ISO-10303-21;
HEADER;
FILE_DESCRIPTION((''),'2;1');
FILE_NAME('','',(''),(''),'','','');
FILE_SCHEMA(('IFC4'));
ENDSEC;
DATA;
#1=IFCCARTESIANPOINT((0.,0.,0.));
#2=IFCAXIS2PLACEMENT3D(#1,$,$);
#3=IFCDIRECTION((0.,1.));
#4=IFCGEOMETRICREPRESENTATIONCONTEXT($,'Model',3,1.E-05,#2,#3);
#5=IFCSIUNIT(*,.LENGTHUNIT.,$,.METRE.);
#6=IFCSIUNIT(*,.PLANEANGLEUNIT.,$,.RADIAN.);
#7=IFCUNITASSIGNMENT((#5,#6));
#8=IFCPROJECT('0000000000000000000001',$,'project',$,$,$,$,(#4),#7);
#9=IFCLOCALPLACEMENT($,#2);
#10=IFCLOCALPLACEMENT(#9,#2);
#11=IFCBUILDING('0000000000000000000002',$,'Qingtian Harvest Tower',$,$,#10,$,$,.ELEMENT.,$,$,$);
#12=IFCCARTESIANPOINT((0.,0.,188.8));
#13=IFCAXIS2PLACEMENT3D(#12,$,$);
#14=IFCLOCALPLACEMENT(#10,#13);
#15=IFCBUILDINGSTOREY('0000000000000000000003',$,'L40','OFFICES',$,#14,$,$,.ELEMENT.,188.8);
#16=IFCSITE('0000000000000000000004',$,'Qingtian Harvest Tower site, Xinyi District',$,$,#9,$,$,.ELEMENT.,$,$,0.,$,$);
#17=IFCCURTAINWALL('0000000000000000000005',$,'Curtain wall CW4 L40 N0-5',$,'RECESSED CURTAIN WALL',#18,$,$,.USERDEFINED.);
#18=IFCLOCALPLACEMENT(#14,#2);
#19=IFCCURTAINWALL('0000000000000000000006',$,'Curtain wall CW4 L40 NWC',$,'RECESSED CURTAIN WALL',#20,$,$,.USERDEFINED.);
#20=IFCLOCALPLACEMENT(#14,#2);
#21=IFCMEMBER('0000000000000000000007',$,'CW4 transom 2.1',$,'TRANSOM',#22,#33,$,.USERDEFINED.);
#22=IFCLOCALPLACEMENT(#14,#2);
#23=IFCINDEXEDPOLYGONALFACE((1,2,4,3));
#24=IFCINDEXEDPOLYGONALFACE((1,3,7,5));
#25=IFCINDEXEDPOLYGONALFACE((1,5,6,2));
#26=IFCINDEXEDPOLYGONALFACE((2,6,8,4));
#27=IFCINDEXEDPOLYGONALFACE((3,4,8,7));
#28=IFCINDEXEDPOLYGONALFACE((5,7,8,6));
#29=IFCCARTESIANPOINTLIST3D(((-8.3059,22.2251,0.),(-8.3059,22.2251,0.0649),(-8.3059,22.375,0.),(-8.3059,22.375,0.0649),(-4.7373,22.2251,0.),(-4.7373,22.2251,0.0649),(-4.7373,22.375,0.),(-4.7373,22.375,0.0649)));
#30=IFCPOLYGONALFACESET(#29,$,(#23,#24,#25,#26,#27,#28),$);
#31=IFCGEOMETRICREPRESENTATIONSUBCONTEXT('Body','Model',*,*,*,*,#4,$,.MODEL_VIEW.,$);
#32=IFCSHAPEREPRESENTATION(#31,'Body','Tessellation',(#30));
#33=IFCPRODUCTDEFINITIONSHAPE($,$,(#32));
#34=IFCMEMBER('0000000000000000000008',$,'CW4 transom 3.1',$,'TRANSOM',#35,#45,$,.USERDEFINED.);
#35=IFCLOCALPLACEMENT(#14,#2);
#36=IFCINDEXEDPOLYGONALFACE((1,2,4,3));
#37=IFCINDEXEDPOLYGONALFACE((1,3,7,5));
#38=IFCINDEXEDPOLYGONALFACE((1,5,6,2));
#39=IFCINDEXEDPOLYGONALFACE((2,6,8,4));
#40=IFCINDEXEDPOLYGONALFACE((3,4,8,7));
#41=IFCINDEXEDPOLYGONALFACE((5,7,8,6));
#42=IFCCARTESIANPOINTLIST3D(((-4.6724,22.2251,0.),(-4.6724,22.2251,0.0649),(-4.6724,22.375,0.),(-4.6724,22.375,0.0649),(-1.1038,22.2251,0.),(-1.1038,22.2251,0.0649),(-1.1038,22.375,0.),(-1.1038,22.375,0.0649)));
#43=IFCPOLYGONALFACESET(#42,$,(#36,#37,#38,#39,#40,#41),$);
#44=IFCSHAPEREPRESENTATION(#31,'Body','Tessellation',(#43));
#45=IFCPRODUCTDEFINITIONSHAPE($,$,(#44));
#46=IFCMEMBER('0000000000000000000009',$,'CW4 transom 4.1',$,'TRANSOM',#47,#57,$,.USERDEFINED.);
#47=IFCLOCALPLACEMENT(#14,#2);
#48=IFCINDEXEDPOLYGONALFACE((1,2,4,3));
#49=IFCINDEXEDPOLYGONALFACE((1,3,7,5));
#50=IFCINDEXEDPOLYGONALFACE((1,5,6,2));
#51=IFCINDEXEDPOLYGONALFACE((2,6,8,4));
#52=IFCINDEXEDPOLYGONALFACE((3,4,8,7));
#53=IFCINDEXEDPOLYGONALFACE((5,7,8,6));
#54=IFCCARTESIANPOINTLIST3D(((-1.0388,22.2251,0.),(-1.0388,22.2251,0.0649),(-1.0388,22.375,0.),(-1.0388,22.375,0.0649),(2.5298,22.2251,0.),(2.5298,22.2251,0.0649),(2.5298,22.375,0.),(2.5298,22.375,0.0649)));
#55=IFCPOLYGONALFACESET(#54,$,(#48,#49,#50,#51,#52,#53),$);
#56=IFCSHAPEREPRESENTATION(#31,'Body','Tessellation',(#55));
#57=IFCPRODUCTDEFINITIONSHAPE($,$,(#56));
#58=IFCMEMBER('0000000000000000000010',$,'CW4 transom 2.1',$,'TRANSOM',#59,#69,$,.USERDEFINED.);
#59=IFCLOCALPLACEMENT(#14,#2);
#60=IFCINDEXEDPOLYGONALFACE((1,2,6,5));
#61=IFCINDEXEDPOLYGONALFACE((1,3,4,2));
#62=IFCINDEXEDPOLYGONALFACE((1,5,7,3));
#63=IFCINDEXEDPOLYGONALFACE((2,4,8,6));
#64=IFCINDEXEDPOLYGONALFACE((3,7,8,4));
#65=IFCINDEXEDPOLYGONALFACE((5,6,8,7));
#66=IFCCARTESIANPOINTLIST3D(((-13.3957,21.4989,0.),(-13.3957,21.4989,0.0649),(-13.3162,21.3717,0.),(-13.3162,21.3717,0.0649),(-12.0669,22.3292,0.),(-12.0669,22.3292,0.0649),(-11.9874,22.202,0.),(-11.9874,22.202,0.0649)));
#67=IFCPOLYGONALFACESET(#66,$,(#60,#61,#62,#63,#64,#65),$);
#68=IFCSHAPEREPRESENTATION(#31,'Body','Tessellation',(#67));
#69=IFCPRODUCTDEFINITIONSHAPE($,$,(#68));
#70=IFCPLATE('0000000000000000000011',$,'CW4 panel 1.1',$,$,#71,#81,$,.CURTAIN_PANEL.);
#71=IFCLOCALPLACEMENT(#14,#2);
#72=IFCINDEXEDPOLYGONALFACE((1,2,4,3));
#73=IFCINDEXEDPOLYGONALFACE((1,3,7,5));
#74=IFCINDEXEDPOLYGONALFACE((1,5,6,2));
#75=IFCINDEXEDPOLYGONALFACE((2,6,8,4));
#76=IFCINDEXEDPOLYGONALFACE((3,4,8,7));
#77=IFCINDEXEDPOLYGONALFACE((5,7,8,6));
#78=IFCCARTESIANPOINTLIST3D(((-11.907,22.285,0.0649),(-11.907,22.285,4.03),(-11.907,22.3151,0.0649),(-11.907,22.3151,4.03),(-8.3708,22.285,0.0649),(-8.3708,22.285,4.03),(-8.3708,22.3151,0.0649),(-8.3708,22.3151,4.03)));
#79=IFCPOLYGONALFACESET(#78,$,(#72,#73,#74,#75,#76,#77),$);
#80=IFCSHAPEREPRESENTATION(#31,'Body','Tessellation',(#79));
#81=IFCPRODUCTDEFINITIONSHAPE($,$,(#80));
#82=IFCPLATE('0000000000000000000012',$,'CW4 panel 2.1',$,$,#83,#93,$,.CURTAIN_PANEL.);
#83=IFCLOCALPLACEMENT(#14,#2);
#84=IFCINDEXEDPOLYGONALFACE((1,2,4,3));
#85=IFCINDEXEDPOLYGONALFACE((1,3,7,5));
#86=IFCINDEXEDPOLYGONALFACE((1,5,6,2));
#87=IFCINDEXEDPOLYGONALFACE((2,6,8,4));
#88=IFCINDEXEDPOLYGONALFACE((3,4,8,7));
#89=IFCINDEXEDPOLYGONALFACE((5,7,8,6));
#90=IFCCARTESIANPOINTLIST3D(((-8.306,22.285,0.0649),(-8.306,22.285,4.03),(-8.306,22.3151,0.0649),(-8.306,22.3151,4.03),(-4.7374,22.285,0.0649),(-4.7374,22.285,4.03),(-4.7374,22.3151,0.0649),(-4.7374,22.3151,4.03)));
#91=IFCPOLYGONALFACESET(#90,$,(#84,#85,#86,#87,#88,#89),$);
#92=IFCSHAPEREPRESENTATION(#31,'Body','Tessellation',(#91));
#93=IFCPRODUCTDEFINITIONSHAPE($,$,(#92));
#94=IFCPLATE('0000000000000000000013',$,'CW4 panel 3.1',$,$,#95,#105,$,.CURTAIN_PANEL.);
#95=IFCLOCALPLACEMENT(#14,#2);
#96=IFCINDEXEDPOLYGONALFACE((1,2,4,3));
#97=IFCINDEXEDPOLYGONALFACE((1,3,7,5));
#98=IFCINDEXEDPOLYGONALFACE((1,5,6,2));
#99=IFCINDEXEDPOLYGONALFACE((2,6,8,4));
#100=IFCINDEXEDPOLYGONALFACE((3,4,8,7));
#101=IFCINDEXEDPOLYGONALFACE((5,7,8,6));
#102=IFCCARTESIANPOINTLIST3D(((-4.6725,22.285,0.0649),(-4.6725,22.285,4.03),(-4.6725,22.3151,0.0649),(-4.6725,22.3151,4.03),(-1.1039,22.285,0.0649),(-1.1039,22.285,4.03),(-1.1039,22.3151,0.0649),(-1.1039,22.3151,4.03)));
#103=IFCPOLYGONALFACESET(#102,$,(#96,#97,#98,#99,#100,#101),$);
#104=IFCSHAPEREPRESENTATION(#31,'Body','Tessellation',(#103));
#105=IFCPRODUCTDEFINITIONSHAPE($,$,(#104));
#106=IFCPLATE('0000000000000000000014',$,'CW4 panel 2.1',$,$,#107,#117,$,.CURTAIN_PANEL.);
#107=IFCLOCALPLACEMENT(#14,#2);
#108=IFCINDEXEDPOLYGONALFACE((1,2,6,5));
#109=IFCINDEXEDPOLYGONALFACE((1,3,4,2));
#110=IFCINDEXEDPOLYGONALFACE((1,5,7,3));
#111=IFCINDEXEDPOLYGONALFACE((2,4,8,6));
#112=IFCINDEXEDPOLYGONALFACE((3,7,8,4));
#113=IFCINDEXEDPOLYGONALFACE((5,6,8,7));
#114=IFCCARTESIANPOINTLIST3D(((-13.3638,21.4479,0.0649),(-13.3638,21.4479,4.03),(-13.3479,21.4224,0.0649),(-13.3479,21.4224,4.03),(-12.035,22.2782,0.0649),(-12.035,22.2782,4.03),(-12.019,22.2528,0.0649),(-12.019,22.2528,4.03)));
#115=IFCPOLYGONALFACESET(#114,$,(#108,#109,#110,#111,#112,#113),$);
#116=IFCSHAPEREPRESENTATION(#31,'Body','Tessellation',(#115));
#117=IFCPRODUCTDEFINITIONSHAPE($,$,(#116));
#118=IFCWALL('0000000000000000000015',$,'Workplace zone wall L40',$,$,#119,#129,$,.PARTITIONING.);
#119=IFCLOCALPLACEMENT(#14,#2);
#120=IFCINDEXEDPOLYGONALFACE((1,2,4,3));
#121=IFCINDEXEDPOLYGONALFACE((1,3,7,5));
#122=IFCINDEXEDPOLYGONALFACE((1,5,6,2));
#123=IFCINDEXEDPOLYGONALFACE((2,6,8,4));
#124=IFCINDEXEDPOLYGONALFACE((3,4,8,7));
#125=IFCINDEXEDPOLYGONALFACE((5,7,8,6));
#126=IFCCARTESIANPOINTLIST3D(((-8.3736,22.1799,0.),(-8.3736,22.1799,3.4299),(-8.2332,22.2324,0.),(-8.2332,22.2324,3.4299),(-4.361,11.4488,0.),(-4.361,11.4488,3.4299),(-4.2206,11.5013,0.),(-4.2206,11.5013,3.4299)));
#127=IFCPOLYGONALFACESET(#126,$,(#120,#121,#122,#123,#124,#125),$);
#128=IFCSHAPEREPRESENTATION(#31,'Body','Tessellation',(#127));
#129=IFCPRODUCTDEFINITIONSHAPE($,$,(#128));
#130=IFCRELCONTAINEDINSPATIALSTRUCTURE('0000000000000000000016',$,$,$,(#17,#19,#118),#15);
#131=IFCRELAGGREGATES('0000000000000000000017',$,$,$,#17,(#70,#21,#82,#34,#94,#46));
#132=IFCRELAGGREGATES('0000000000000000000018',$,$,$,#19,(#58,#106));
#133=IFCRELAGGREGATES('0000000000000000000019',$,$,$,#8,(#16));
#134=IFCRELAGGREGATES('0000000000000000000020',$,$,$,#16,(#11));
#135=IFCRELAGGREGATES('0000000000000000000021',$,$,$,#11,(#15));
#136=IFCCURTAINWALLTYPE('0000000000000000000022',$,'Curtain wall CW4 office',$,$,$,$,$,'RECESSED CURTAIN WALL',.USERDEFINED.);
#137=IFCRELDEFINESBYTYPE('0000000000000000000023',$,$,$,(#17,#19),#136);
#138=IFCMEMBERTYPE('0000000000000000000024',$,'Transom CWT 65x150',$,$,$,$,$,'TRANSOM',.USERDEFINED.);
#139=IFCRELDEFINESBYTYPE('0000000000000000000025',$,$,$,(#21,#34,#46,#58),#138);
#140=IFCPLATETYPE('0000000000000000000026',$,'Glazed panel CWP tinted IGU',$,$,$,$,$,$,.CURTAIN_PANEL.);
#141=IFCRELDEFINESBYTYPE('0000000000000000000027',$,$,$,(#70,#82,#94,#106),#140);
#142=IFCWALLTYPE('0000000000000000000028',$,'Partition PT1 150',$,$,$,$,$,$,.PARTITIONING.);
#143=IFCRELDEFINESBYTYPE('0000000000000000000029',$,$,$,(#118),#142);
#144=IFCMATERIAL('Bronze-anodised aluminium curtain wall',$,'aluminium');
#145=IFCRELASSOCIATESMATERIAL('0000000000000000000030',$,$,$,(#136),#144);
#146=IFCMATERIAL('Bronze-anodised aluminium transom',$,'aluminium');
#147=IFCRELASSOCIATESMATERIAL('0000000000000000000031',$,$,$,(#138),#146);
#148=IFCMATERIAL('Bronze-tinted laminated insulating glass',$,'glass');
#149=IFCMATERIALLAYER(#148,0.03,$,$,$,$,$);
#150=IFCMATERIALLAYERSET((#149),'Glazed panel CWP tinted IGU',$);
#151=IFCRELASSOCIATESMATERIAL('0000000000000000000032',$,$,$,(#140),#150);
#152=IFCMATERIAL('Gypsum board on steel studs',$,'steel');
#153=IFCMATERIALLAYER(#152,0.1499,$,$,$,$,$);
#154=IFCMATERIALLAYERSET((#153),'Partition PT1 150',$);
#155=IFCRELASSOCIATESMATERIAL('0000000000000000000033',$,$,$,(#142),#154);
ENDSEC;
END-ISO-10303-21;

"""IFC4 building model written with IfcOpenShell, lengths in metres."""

from ifc_helpers import new_model, si_unit, direction, frame, frame_2d, origin, origin_2d, place, context, subcontext, project, spatial, rectangle, extrude, material, layer, layer_set, material_profile, profile_set, type_object, element, aggregate, save


model = new_model("IFC4")

# Units and contexts
model_context = context("Model", 3, precision=1e-05, world=origin(), true_north=direction((0.0, 1.0)))
body_context = subcontext(model_context, "Body", "Model", "MODEL_VIEW")
ifc_project = project(units=[si_unit("LENGTHUNIT", "METRE"), si_unit("PLANEANGLEUNIT", "RADIAN")], contexts=[model_context])

# Site, building, storey
site_placement = place(None, origin())
site = spatial("IfcSite", under=ifc_project, at=site_placement, Name="Qingtian Harvest Tower site, Xinyi District", CompositionType="ELEMENT", RefElevation=0.0)
building_placement = place(site_placement, origin())
building = spatial("IfcBuilding", under=site, at=building_placement, Name="Qingtian Harvest Tower", CompositionType="ELEMENT")
storey_placement = place(building_placement, frame((0.0, 0.0, 188.8)))
storey = spatial("IfcBuildingStorey", under=building, at=storey_placement, Name="L40", Description="OFFICES", CompositionType="ELEMENT", Elevation=188.8)

# Curtain wall
ifc_material_1 = material(Name="Bronze-anodised aluminium curtain wall", Category="aluminium")
curtain_wall_type = type_object("IfcCurtainWallType", Name="Curtain wall CW4 office", ElementType="RECESSED CURTAIN WALL", PredefinedType="USERDEFINED", material=ifc_material_1)
curtain_wall_1_placement = place(storey_placement, origin())
curtain_wall_1 = element("IfcCurtainWall", 1, at=curtain_wall_1_placement, inside=storey, type_object=curtain_wall_type, Name="Curtain wall CW4 L40 N0-5", ObjectType="RECESSED CURTAIN WALL", PredefinedType="USERDEFINED")

# Curtain wall
curtain_wall_2_placement = place(storey_placement, origin())
curtain_wall_2 = element("IfcCurtainWall", 2, at=curtain_wall_2_placement, inside=storey, type_object=curtain_wall_type, Name="Curtain wall CW4 L40 NWC", ObjectType="RECESSED CURTAIN WALL", PredefinedType="USERDEFINED")

# Members
ifc_material_2 = material(Name="Bronze-anodised aluminium transom", Category="aluminium")
ifc_material_profile_1 = material_profile(ifc_material_2, rectangle(XDim=0.1499, YDim=0.0649, at=origin_2d()), Name="AL 65x150")
ifc_profile_set_1 = profile_set([ifc_material_profile_1], Name="Bronze-anodised aluminium transom")
member_type_1 = type_object("IfcMemberType", Name="Transom CWT 65x150", ElementType="TRANSOM", PredefinedType="USERDEFINED", material=ifc_profile_set_1)
member_1_placement = place(storey_placement, frame((-8.3059, 22.3, 0.0325), z_axis=(1.0, 0.0, 0.0), x_axis=(0.0, 1.0, 0.0)))
member_1 = element("IfcMember", 3, at=member_1_placement, type_object=member_type_1, Name="CW4 transom 2.1", ObjectType="TRANSOM", PredefinedType="USERDEFINED", context=body_context, shape_type="SweptSolid", body=[
    extrude(rectangle(XDim=0.1499, YDim=0.0649, at=origin_2d()), origin(), (0.0, 0.0, 1.0), 3.5686),
])
member_2_placement = place(storey_placement, frame((-4.6724, 22.3, 0.0325), z_axis=(1.0, 0.0, 0.0), x_axis=(0.0, 1.0, 0.0)))
member_2 = element("IfcMember", 4, at=member_2_placement, type_object=member_type_1, Name="CW4 transom 3.1", ObjectType="TRANSOM", PredefinedType="USERDEFINED", context=body_context, shape_type="SweptSolid", body=[
    extrude(rectangle(XDim=0.1499, YDim=0.0649, at=origin_2d()), origin(), (0.0, 0.0, 1.0), 3.5686),
])
member_3_placement = place(storey_placement, frame((-1.0388, 22.3, 0.0325), z_axis=(1.0, 0.0, 0.0), x_axis=(0.0, 1.0, 0.0)))
member_3 = element("IfcMember", 5, at=member_3_placement, type_object=member_type_1, Name="CW4 transom 4.1", ObjectType="TRANSOM", PredefinedType="USERDEFINED", context=body_context, shape_type="SweptSolid", body=[
    extrude(rectangle(XDim=0.1499, YDim=0.0649, at=origin_2d()), origin(), (0.0, 0.0, 1.0), 3.5686),
])
member_4_placement = place(storey_placement, frame((-13.356, 21.4353, 0.0325), z_axis=(0.84806, 0.529901, 0.0), x_axis=(-0.529901, 0.84806, 0.0)))
member_4 = element("IfcMember", 6, at=member_4_placement, type_object=member_type_1, Name="CW4 transom 2.1", ObjectType="TRANSOM", PredefinedType="USERDEFINED", context=body_context, shape_type="SweptSolid", body=[
    extrude(rectangle(XDim=0.1499, YDim=0.0649, at=origin_2d()), origin(), (0.0, 0.0, 1.0), 1.5669),
])

# Plates
ifc_material_3 = material(Name="Bronze-tinted laminated insulating glass", Category="glass")
ifc_layer_1 = layer(ifc_material_3, 0.03)
ifc_layer_set_1 = layer_set([ifc_layer_1], Name="Glazed panel CWP tinted IGU")
plate_type = type_object("IfcPlateType", Name="Glazed panel CWP tinted IGU", PredefinedType="CURTAIN_PANEL", material=ifc_layer_set_1)
plate_1_placement = place(storey_placement, frame((-10.1389, 22.3, 0.0649), z_axis=(0.0, 0.0, 1.0), x_axis=(1.0, 0.0, 0.0)))
plate_1 = element("IfcPlate", 7, at=plate_1_placement, type_object=plate_type, Name="CW4 panel 1.1", PredefinedType="CURTAIN_PANEL", context=body_context, shape_type="SweptSolid", body=[
    extrude(rectangle(XDim=3.5361, YDim=0.03, at=origin_2d()), origin(), (0.0, 0.0, 1.0), 3.9651),
])
plate_2_placement = place(storey_placement, frame((-6.5217, 22.3, 0.0649), z_axis=(0.0, 0.0, 1.0), x_axis=(1.0, 0.0, 0.0)))
plate_2 = element("IfcPlate", 8, at=plate_2_placement, type_object=plate_type, Name="CW4 panel 2.1", PredefinedType="CURTAIN_PANEL", context=body_context, shape_type="SweptSolid", body=[
    extrude(rectangle(XDim=3.5686, YDim=0.03, at=origin_2d()), origin(), (0.0, 0.0, 1.0), 3.9651),
])
plate_3_placement = place(storey_placement, frame((-2.8882, 22.3, 0.0649), z_axis=(0.0, 0.0, 1.0), x_axis=(1.0, 0.0, 0.0)))
plate_3 = element("IfcPlate", 9, at=plate_3_placement, type_object=plate_type, Name="CW4 panel 3.1", PredefinedType="CURTAIN_PANEL", context=body_context, shape_type="SweptSolid", body=[
    extrude(rectangle(XDim=3.5686, YDim=0.03, at=origin_2d()), origin(), (0.0, 0.0, 1.0), 3.9651),
])
aggregate(curtain_wall_1, [plate_1, member_1, plate_2, member_2, plate_3, member_3])
plate_4_placement = place(storey_placement, frame((-12.6914, 21.8503, 0.0649), z_axis=(0.0, 0.0, 1.0), x_axis=(0.848048, 0.529919, 0.0)))
plate_4 = element("IfcPlate", 10, at=plate_4_placement, type_object=plate_type, Name="CW4 panel 2.1", PredefinedType="CURTAIN_PANEL", context=body_context, shape_type="SweptSolid", body=[
    extrude(rectangle(XDim=1.5669, YDim=0.03, at=origin_2d()), origin(), (0.0, 0.0, 1.0), 3.9651),
])
aggregate(curtain_wall_2, [member_4, plate_4])

# Wall
ifc_material_4 = material(Name="Gypsum board on steel studs", Category="steel")
ifc_layer_2 = layer(ifc_material_4, 0.1499)
ifc_layer_set_2 = layer_set([ifc_layer_2], Name="Partition PT1 150")
wall_type = type_object("IfcWallType", Name="Partition PT1 150", PredefinedType="PARTITIONING", material=ifc_layer_set_2)
wall_placement = place(storey_placement, frame((-8.3035, 22.2063, 0.0), z_axis=(0.0, 0.0, 1.0), x_axis=(0.350243, -0.936659, 0.0)))
element("IfcWall", 11, at=wall_placement, inside=storey, type_object=wall_type, Name="Workplace zone wall L40", PredefinedType="PARTITIONING", context=body_context, shape_type="SweptSolid", body=[
    extrude(rectangle(XDim=11.4568, YDim=0.1499, at=frame_2d((5.7285, 0.0))), origin(), (0.0, 0.0, 1.0), 3.4299),
])

save(model, "model.ifc")
